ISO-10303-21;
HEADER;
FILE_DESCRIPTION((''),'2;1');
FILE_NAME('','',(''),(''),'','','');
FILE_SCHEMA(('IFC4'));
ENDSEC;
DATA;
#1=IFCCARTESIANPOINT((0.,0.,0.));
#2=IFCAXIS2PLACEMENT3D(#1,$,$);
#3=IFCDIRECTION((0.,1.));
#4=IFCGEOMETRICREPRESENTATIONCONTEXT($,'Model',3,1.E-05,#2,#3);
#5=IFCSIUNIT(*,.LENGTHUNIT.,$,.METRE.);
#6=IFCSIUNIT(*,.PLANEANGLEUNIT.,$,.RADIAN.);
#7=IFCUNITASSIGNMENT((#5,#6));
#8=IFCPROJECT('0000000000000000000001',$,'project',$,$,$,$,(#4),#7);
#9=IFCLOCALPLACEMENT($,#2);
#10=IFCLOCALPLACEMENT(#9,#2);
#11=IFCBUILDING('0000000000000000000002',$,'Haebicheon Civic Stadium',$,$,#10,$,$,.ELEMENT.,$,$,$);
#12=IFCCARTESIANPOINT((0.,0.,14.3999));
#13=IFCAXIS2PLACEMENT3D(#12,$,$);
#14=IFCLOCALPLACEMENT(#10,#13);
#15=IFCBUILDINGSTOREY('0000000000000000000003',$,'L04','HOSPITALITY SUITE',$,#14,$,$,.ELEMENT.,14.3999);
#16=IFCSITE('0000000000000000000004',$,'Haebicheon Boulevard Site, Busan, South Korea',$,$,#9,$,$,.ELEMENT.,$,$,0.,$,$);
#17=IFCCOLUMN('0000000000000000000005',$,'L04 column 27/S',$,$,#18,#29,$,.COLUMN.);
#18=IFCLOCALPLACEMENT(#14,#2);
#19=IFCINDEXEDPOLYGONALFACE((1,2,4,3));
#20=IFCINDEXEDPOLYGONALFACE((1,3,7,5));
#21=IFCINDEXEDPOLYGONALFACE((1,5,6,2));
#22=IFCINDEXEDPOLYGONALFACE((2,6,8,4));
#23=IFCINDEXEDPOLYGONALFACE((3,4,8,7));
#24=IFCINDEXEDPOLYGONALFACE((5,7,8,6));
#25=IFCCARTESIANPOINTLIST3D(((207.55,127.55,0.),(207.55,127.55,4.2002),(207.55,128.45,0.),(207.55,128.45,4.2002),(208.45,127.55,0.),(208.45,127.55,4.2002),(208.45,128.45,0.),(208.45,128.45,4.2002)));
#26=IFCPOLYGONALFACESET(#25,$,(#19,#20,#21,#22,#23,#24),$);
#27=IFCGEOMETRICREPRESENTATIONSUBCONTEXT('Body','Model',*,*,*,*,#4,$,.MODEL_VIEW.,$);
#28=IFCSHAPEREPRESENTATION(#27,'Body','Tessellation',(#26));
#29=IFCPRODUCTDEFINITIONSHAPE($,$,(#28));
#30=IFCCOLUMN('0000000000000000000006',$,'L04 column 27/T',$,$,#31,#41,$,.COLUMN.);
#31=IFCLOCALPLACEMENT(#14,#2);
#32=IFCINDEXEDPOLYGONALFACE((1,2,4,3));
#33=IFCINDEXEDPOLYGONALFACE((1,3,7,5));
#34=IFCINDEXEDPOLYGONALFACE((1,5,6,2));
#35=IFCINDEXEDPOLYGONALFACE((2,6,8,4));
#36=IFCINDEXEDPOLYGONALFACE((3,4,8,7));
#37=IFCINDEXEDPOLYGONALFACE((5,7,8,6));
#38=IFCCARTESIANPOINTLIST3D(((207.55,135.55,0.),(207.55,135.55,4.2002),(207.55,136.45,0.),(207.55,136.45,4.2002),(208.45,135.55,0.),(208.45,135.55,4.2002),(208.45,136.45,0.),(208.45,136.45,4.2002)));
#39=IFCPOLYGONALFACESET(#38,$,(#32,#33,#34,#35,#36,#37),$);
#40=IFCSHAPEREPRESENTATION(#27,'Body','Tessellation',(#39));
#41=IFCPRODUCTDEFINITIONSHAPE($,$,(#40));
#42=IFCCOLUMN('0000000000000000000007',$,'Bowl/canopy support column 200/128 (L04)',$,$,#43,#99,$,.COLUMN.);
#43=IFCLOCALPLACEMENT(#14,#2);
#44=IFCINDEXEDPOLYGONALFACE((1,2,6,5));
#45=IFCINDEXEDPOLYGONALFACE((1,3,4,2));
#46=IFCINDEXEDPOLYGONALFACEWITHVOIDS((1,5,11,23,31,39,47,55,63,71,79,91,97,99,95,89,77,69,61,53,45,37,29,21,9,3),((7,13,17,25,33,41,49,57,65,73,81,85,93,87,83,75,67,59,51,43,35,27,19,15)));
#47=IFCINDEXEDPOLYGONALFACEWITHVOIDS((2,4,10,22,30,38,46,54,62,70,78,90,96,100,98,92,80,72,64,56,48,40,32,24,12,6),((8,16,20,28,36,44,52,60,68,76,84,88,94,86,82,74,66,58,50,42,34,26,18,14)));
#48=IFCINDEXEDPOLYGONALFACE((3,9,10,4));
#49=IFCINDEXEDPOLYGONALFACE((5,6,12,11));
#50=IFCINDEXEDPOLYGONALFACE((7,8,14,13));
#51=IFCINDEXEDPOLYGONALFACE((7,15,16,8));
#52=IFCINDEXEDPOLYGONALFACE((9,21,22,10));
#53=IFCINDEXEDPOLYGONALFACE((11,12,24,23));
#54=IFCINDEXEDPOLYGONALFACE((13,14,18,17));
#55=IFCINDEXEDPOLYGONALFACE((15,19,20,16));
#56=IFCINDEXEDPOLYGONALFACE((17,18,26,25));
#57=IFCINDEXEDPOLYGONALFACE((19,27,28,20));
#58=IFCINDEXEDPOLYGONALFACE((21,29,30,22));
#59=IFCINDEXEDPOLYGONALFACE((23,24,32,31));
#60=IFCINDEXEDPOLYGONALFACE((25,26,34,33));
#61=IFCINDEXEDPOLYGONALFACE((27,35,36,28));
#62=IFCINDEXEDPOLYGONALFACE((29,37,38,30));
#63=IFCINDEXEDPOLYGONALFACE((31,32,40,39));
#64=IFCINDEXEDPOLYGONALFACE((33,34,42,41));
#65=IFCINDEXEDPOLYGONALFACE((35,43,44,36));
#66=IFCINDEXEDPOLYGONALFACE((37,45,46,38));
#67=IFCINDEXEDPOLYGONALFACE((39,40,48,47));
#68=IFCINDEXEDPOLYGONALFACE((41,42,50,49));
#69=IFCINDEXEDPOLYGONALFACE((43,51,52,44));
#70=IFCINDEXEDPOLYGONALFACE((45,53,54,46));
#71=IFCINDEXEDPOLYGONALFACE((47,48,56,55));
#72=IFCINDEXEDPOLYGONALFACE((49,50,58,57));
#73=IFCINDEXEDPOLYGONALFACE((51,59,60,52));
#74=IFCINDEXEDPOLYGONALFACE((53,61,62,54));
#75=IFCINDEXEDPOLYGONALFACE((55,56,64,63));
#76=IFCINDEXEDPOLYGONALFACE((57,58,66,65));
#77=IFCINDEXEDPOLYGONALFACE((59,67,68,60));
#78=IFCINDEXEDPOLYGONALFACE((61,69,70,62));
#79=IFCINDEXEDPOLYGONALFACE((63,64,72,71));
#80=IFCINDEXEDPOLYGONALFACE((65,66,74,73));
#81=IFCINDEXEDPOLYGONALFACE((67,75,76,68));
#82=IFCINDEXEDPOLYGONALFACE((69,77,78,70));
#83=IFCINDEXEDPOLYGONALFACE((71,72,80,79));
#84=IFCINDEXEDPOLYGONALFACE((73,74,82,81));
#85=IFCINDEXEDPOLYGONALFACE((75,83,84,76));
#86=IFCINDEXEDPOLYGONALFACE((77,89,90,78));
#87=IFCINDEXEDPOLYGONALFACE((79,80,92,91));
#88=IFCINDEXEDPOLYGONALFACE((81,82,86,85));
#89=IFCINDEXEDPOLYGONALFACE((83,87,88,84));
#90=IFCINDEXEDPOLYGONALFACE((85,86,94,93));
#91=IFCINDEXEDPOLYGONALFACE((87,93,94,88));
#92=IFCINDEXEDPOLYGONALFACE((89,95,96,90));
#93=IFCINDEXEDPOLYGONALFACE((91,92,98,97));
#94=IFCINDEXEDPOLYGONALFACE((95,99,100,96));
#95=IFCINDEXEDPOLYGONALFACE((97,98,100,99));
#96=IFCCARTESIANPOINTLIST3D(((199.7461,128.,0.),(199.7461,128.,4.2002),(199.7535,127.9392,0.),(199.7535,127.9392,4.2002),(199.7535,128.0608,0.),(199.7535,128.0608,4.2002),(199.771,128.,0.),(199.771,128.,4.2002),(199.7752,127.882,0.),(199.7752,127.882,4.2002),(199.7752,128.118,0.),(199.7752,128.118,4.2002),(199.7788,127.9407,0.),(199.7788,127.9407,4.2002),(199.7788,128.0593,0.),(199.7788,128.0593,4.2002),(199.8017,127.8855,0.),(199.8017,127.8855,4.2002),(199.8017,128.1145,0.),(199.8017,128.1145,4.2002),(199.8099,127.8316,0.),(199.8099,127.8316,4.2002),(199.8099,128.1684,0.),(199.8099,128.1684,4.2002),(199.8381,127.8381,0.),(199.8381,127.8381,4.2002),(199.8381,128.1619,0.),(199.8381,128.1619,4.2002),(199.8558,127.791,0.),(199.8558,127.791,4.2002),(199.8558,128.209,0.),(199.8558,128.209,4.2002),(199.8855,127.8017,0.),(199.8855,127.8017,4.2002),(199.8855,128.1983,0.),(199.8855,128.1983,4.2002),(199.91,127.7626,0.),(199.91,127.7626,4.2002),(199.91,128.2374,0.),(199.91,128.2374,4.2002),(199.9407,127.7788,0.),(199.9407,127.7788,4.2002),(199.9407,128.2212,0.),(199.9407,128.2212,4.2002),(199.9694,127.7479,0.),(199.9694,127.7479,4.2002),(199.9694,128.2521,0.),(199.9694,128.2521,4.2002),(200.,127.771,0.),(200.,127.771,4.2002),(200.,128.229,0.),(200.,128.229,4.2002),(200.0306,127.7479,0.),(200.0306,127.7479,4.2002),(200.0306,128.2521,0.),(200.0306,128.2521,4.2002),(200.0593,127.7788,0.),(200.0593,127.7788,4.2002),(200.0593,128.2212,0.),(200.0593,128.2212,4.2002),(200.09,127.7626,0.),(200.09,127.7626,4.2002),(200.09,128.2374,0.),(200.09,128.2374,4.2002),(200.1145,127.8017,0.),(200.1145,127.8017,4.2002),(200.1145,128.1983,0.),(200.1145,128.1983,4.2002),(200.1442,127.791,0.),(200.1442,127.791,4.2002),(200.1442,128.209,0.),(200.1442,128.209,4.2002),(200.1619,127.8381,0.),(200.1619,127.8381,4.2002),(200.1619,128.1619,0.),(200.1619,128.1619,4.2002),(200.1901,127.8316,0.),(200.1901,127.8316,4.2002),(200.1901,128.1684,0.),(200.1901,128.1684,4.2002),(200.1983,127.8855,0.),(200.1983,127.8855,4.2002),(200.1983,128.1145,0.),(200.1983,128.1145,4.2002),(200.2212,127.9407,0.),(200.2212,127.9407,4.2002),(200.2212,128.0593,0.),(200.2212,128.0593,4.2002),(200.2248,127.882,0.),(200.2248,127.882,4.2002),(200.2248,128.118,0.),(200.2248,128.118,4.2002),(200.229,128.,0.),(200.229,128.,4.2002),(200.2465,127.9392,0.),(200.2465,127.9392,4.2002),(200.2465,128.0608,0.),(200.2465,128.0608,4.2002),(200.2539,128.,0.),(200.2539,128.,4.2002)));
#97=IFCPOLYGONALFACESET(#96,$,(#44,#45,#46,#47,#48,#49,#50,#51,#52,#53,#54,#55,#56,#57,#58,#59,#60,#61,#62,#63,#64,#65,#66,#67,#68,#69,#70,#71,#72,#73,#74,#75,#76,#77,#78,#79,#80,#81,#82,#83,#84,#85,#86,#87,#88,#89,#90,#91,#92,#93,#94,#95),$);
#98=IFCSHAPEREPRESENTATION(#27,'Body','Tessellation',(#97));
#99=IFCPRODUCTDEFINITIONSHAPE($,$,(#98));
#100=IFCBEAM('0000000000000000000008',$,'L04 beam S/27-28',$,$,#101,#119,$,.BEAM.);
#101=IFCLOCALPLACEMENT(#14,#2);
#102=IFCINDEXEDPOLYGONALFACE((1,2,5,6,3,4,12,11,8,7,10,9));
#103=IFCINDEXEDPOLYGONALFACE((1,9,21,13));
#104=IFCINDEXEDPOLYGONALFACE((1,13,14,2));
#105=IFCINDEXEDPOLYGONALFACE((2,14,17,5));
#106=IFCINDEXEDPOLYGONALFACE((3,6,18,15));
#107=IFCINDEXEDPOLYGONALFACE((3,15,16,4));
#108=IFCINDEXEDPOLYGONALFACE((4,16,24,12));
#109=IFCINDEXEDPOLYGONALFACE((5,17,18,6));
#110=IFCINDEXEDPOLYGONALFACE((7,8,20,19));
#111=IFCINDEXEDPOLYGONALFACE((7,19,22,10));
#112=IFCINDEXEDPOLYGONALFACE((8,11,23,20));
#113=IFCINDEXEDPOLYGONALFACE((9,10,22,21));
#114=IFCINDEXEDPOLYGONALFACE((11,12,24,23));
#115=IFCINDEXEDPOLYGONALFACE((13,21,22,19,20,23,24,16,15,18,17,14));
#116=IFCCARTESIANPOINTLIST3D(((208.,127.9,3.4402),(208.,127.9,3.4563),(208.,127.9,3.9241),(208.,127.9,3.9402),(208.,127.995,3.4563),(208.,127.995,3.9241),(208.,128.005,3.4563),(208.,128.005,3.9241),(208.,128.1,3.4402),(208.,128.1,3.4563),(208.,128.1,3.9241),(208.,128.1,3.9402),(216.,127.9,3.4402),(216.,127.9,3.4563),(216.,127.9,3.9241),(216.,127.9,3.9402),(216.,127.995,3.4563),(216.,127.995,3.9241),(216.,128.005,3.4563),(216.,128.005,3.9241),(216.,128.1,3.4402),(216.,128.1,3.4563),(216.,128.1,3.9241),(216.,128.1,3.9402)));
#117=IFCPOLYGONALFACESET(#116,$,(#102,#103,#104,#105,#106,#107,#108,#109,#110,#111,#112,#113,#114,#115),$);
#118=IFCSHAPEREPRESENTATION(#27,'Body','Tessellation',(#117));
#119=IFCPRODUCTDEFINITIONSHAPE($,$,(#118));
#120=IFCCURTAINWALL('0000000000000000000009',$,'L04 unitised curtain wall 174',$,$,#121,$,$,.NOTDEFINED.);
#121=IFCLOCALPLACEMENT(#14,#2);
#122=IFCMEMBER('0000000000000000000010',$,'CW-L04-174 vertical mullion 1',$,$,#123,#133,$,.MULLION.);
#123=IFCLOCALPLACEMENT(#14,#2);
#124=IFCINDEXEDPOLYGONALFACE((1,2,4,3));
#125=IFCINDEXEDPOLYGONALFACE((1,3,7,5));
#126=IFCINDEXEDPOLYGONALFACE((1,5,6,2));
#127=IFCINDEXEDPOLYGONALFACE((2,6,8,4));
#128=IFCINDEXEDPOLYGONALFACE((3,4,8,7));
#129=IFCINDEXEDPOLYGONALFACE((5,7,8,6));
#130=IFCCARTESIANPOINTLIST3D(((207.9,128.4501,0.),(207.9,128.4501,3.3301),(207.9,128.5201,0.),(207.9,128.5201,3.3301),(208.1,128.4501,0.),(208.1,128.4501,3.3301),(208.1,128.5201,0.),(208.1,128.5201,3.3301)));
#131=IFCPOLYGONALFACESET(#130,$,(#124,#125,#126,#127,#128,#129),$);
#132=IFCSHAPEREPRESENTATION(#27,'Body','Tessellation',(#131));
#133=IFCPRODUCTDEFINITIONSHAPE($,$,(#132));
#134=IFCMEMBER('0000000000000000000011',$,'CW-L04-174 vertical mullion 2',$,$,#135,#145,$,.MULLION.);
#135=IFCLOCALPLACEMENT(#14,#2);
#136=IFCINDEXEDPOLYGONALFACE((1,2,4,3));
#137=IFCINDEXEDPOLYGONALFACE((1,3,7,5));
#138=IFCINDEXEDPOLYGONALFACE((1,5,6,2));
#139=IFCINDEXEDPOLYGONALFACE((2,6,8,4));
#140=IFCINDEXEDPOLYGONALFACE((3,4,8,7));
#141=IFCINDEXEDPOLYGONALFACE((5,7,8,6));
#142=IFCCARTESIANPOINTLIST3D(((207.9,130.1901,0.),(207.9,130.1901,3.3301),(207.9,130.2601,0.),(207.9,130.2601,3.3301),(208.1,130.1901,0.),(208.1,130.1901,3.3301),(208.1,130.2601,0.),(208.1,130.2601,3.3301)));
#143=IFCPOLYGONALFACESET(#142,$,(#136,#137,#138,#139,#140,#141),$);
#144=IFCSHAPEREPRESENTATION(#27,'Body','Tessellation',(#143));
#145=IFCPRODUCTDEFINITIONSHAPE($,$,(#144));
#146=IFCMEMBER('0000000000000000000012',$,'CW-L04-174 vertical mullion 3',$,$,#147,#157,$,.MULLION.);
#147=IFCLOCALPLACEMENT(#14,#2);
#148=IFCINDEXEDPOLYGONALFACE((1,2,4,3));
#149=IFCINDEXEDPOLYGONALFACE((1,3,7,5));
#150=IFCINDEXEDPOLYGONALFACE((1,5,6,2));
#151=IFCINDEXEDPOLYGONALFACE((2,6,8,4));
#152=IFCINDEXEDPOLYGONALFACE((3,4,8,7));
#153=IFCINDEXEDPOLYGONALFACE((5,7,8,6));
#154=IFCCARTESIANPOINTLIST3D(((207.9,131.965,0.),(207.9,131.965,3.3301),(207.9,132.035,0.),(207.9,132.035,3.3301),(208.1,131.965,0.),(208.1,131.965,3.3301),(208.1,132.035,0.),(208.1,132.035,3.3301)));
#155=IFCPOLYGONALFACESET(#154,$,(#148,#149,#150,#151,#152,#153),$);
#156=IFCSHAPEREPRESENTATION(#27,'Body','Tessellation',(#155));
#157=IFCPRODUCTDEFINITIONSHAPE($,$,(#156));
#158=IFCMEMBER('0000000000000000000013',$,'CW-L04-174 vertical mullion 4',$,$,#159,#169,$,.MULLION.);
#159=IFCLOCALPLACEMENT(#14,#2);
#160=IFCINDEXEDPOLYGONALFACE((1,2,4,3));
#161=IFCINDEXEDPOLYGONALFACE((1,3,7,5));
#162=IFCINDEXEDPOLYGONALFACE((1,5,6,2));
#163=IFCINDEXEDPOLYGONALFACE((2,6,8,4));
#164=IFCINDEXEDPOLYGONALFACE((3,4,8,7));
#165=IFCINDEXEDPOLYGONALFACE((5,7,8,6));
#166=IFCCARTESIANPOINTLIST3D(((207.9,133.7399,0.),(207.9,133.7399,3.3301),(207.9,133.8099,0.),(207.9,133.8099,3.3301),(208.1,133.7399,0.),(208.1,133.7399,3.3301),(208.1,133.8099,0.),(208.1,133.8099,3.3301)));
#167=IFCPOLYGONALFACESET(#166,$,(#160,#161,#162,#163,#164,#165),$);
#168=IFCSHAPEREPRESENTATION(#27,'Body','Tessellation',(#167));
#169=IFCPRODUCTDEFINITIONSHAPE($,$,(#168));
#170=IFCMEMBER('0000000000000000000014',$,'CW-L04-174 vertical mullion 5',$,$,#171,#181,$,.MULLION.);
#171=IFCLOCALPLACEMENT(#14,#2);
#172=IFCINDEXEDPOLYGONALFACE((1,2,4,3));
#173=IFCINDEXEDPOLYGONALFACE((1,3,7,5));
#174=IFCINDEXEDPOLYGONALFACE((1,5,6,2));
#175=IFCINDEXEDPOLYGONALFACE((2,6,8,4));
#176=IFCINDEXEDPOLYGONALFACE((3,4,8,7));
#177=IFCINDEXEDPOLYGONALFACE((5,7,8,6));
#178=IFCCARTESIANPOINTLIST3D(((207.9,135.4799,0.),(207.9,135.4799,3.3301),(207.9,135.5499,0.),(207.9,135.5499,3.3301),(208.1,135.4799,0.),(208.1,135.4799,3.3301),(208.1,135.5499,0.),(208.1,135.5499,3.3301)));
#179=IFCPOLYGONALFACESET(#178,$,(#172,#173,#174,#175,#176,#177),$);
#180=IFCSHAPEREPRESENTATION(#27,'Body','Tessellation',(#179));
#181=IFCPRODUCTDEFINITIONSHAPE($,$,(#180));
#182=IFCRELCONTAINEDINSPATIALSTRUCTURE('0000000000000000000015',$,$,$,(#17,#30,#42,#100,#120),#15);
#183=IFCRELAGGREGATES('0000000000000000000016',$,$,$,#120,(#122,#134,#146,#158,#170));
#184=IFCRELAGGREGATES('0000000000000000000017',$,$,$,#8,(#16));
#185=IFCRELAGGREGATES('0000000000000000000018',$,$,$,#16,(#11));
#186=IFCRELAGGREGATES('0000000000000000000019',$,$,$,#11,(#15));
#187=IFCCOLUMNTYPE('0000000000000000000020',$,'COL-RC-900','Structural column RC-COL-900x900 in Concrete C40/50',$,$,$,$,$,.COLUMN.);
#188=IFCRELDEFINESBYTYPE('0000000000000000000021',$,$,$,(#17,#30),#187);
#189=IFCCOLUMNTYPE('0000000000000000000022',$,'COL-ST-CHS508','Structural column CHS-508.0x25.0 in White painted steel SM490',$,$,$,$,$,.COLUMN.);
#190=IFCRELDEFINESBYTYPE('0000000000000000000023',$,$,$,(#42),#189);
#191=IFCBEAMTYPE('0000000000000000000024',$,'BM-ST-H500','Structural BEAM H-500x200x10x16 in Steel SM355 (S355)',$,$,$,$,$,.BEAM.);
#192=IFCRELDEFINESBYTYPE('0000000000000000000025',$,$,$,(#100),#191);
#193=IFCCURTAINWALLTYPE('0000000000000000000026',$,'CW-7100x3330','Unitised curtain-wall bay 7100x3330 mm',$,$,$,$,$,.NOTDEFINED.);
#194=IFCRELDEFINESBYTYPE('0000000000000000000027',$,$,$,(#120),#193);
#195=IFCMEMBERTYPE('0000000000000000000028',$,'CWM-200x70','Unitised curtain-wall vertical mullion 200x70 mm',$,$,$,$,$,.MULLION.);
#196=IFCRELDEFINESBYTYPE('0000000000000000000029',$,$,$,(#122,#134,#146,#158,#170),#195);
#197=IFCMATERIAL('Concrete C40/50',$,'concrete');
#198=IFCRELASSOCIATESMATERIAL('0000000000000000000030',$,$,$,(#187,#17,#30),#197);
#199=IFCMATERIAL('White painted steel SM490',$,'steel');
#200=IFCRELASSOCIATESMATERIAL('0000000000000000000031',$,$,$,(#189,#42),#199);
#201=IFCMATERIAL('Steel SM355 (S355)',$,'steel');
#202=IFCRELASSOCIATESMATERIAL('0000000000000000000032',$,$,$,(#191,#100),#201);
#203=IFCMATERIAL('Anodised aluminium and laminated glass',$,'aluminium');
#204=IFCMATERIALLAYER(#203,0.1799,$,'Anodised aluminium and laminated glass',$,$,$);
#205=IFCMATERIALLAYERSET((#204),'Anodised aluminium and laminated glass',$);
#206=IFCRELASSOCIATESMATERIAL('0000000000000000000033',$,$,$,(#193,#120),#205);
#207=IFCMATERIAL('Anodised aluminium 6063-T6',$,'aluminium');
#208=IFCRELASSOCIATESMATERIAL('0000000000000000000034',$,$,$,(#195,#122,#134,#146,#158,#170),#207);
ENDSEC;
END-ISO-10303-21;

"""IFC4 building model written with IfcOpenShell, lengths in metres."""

from ifc_helpers import new_model, si_unit, direction, frame, origin, origin_2d, place, context, subcontext, project, spatial, rectangle, hollow_circle, i_section, extrude, material, layer, layer_set, material_profile, profile_set, type_object, element, aggregate, save


model = new_model("IFC4")

# Units and contexts
model_context = context("Model", 3, precision=1e-05, world=origin(), true_north=direction((0.0, 1.0)))
body_context = subcontext(model_context, "Body", "Model", "MODEL_VIEW")
ifc_project = project(units=[si_unit("LENGTHUNIT", "METRE"), si_unit("PLANEANGLEUNIT", "RADIAN")], contexts=[model_context])

# Site, building, storey
site_placement = place(None, origin())
site = spatial("IfcSite", under=ifc_project, at=site_placement, Name="Haebicheon Boulevard Site, Busan, South Korea", CompositionType="ELEMENT", RefElevation=0.0)
building_placement = place(site_placement, origin())
building = spatial("IfcBuilding", under=site, at=building_placement, Name="Haebicheon Civic Stadium", CompositionType="ELEMENT")
storey_placement = place(building_placement, frame((0.0, 0.0, 14.3999)))
storey = spatial("IfcBuildingStorey", under=building, at=storey_placement, Name="L04", Description="HOSPITALITY SUITE", CompositionType="ELEMENT", Elevation=14.3999)

# Columns
ifc_material_1 = material(Name="Concrete C40/50", Category="concrete")
ifc_material_profile_1 = material_profile(ifc_material_1, rectangle(XDim=0.8999, YDim=0.8999, at=origin_2d()), Name="RC-COL-900x900")
ifc_profile_set_1 = profile_set([ifc_material_profile_1], Name="Concrete C40/50")
column_type_1 = type_object("IfcColumnType", Name="COL-RC-900", Description="Structural column RC-COL-900x900 in Concrete C40/50", PredefinedType="COLUMN", material=ifc_profile_set_1)
for number, where, z_axis, x_axis, name in (
    (1, (208.0, 128.0, 0.0), (0.0, 0.0, 1.0), (1.0, 0.0, 0.0), "L04 column 27/S"),
    (2, (208.0, 136.0, 0.0), (0.0, 0.0, 1.0), (1.0, 0.0, 0.0), "L04 column 27/T"),
):
    element("IfcColumn", number, at=place(storey_placement, frame(where, z_axis=z_axis, x_axis=x_axis)), inside=storey, type_object=column_type_1, material=ifc_profile_set_1, Name=name, PredefinedType="COLUMN", context=body_context, shape_type="SweptSolid", body=[
        extrude(rectangle(XDim=0.8999, YDim=0.8999, at=origin_2d()), origin(), (0.0, 0.0, 1.0), 4.2002),
    ])
ifc_material_2 = material(Name="White painted steel SM490", Category="steel")
ifc_material_profile_2 = material_profile(ifc_material_2, hollow_circle(Radius=0.2539, WallThickness=0.0249, at=origin_2d()), Name="CHS-508.0x25.0")
ifc_profile_set_2 = profile_set([ifc_material_profile_2], Name="White painted steel SM490")
column_type_2 = type_object("IfcColumnType", Name="COL-ST-CHS508", Description="Structural column CHS-508.0x25.0 in White painted steel SM490", PredefinedType="COLUMN", material=ifc_profile_set_2)
column_placement = place(storey_placement, frame((200.0, 128.0, 0.0), z_axis=(0.0, 0.0, 1.0), x_axis=(1.0, 0.0, 0.0)))
element("IfcColumn", 3, at=column_placement, inside=storey, type_object=column_type_2, material=ifc_profile_set_2, Name="Bowl/canopy support column 200/128 (L04)", PredefinedType="COLUMN", context=body_context, shape_type="SweptSolid", body=[
    extrude(hollow_circle(Radius=0.2539, WallThickness=0.0249, at=origin_2d()), origin(), (0.0, 0.0, 1.0), 4.2002),
])

# Beam
ifc_material_3 = material(Name="Steel SM355 (S355)", Category="steel")
ifc_material_profile_3 = material_profile(ifc_material_3, i_section(OverallWidth=0.2, OverallDepth=0.5, WebThickness=0.01, FlangeThickness=0.0161, at=origin_2d()), Name="H-500x200x10x16")
ifc_profile_set_3 = profile_set([ifc_material_profile_3], Name="Steel SM355 (S355)")
beam_type_1 = type_object("IfcBeamType", Name="BM-ST-H500", Description="Structural BEAM H-500x200x10x16 in Steel SM355 (S355)", PredefinedType="BEAM", material=ifc_profile_set_3)
beam_1_placement = place(storey_placement, frame((208.0, 128.0, 3.6902), z_axis=(1.0, 0.0, 0.0), x_axis=(0.0, 1.0, 0.0)))
element("IfcBeam", 4, at=beam_1_placement, inside=storey, type_object=beam_type_1, material=ifc_profile_set_3, Name="L04 beam S/27-28", PredefinedType="BEAM", context=body_context, shape_type="SweptSolid", body=[
    extrude(i_section(OverallWidth=0.2, OverallDepth=0.5, WebThickness=0.01, FlangeThickness=0.0161, at=origin_2d()), origin(), (0.0, 0.0, 1.0), 8.0),
])

# Curtain wall, members
ifc_material_4 = material(Name="Anodised aluminium and laminated glass", Category="aluminium")
ifc_layer_1 = layer(ifc_material_4, 0.1799, Name="Anodised aluminium and laminated glass")
ifc_layer_set_1 = layer_set([ifc_layer_1], Name="Anodised aluminium and laminated glass")
curtain_wall_type = type_object("IfcCurtainWallType", Name="CW-7100x3330", Description="Unitised curtain-wall bay 7100x3330 mm", PredefinedType="NOTDEFINED", material=ifc_layer_set_1)
curtain_wall_placement = place(storey_placement, origin())
curtain_wall = element("IfcCurtainWall", 5, at=curtain_wall_placement, inside=storey, type_object=curtain_wall_type, material=ifc_layer_set_1, Name="L04 unitised curtain wall 174", PredefinedType="NOTDEFINED")
ifc_material_5 = material(Name="Anodised aluminium 6063-T6", Category="aluminium")
ifc_material_profile_4 = material_profile(ifc_material_5, rectangle(XDim=0.0701, YDim=0.2, at=origin_2d()), Name="ALU-MULL-70x200")
ifc_profile_set_4 = profile_set([ifc_material_profile_4], Name="Anodised aluminium 6063-T6")
member_type_1 = type_object("IfcMemberType", Name="CWM-200x70", Description="Unitised curtain-wall vertical mullion 200x70 mm", PredefinedType="MULLION", material=ifc_profile_set_4)
member_1_placement = place(storey_placement, frame((208.0, 128.4851, 0.0), z_axis=(0.0, 0.0, 1.0), x_axis=(0.0, 1.0, 0.0)))
member_1 = element("IfcMember", 6, at=member_1_placement, type_object=member_type_1, material=ifc_profile_set_4, Name="CW-L04-174 vertical mullion 1", PredefinedType="MULLION", context=body_context, shape_type="SweptSolid", body=[
    extrude(rectangle(XDim=0.0701, YDim=0.2, at=origin_2d()), origin(), (0.0, 0.0, 1.0), 3.3301),
])
member_2_placement = place(storey_placement, frame((208.0, 130.2251, 0.0), z_axis=(0.0, 0.0, 1.0), x_axis=(0.0, 1.0, 0.0)))
member_2 = element("IfcMember", 7, at=member_2_placement, type_object=member_type_1, material=ifc_profile_set_4, Name="CW-L04-174 vertical mullion 2", PredefinedType="MULLION", context=body_context, shape_type="SweptSolid", body=[
    extrude(rectangle(XDim=0.0701, YDim=0.2, at=origin_2d()), origin(), (0.0, 0.0, 1.0), 3.3301),
])
member_3_placement = place(storey_placement, frame((208.0, 132.0, 0.0), z_axis=(0.0, 0.0, 1.0), x_axis=(0.0, 1.0, 0.0)))
member_3 = element("IfcMember", 8, at=member_3_placement, type_object=member_type_1, material=ifc_profile_set_4, Name="CW-L04-174 vertical mullion 3", PredefinedType="MULLION", context=body_context, shape_type="SweptSolid", body=[
    extrude(rectangle(XDim=0.0701, YDim=0.2, at=origin_2d()), origin(), (0.0, 0.0, 1.0), 3.3301),
])
member_4_placement = place(storey_placement, frame((208.0, 133.7749, 0.0), z_axis=(0.0, 0.0, 1.0), x_axis=(0.0, 1.0, 0.0)))
member_4 = element("IfcMember", 9, at=member_4_placement, type_object=member_type_1, material=ifc_profile_set_4, Name="CW-L04-174 vertical mullion 4", PredefinedType="MULLION", context=body_context, shape_type="SweptSolid", body=[
    extrude(rectangle(XDim=0.0701, YDim=0.2, at=origin_2d()), origin(), (0.0, 0.0, 1.0), 3.3301),
])
member_5_placement = place(storey_placement, frame((208.0, 135.5149, 0.0), z_axis=(0.0, 0.0, 1.0), x_axis=(0.0, 1.0, 0.0)))
member_5 = element("IfcMember", 10, at=member_5_placement, type_object=member_type_1, material=ifc_profile_set_4, Name="CW-L04-174 vertical mullion 5", PredefinedType="MULLION", context=body_context, shape_type="SweptSolid", body=[
    extrude(rectangle(XDim=0.0701, YDim=0.2, at=origin_2d()), origin(), (0.0, 0.0, 1.0), 3.3301),
])

aggregate(curtain_wall, [member_1, member_2, member_3, member_4, member_5])

save(model, "model.ifc")
